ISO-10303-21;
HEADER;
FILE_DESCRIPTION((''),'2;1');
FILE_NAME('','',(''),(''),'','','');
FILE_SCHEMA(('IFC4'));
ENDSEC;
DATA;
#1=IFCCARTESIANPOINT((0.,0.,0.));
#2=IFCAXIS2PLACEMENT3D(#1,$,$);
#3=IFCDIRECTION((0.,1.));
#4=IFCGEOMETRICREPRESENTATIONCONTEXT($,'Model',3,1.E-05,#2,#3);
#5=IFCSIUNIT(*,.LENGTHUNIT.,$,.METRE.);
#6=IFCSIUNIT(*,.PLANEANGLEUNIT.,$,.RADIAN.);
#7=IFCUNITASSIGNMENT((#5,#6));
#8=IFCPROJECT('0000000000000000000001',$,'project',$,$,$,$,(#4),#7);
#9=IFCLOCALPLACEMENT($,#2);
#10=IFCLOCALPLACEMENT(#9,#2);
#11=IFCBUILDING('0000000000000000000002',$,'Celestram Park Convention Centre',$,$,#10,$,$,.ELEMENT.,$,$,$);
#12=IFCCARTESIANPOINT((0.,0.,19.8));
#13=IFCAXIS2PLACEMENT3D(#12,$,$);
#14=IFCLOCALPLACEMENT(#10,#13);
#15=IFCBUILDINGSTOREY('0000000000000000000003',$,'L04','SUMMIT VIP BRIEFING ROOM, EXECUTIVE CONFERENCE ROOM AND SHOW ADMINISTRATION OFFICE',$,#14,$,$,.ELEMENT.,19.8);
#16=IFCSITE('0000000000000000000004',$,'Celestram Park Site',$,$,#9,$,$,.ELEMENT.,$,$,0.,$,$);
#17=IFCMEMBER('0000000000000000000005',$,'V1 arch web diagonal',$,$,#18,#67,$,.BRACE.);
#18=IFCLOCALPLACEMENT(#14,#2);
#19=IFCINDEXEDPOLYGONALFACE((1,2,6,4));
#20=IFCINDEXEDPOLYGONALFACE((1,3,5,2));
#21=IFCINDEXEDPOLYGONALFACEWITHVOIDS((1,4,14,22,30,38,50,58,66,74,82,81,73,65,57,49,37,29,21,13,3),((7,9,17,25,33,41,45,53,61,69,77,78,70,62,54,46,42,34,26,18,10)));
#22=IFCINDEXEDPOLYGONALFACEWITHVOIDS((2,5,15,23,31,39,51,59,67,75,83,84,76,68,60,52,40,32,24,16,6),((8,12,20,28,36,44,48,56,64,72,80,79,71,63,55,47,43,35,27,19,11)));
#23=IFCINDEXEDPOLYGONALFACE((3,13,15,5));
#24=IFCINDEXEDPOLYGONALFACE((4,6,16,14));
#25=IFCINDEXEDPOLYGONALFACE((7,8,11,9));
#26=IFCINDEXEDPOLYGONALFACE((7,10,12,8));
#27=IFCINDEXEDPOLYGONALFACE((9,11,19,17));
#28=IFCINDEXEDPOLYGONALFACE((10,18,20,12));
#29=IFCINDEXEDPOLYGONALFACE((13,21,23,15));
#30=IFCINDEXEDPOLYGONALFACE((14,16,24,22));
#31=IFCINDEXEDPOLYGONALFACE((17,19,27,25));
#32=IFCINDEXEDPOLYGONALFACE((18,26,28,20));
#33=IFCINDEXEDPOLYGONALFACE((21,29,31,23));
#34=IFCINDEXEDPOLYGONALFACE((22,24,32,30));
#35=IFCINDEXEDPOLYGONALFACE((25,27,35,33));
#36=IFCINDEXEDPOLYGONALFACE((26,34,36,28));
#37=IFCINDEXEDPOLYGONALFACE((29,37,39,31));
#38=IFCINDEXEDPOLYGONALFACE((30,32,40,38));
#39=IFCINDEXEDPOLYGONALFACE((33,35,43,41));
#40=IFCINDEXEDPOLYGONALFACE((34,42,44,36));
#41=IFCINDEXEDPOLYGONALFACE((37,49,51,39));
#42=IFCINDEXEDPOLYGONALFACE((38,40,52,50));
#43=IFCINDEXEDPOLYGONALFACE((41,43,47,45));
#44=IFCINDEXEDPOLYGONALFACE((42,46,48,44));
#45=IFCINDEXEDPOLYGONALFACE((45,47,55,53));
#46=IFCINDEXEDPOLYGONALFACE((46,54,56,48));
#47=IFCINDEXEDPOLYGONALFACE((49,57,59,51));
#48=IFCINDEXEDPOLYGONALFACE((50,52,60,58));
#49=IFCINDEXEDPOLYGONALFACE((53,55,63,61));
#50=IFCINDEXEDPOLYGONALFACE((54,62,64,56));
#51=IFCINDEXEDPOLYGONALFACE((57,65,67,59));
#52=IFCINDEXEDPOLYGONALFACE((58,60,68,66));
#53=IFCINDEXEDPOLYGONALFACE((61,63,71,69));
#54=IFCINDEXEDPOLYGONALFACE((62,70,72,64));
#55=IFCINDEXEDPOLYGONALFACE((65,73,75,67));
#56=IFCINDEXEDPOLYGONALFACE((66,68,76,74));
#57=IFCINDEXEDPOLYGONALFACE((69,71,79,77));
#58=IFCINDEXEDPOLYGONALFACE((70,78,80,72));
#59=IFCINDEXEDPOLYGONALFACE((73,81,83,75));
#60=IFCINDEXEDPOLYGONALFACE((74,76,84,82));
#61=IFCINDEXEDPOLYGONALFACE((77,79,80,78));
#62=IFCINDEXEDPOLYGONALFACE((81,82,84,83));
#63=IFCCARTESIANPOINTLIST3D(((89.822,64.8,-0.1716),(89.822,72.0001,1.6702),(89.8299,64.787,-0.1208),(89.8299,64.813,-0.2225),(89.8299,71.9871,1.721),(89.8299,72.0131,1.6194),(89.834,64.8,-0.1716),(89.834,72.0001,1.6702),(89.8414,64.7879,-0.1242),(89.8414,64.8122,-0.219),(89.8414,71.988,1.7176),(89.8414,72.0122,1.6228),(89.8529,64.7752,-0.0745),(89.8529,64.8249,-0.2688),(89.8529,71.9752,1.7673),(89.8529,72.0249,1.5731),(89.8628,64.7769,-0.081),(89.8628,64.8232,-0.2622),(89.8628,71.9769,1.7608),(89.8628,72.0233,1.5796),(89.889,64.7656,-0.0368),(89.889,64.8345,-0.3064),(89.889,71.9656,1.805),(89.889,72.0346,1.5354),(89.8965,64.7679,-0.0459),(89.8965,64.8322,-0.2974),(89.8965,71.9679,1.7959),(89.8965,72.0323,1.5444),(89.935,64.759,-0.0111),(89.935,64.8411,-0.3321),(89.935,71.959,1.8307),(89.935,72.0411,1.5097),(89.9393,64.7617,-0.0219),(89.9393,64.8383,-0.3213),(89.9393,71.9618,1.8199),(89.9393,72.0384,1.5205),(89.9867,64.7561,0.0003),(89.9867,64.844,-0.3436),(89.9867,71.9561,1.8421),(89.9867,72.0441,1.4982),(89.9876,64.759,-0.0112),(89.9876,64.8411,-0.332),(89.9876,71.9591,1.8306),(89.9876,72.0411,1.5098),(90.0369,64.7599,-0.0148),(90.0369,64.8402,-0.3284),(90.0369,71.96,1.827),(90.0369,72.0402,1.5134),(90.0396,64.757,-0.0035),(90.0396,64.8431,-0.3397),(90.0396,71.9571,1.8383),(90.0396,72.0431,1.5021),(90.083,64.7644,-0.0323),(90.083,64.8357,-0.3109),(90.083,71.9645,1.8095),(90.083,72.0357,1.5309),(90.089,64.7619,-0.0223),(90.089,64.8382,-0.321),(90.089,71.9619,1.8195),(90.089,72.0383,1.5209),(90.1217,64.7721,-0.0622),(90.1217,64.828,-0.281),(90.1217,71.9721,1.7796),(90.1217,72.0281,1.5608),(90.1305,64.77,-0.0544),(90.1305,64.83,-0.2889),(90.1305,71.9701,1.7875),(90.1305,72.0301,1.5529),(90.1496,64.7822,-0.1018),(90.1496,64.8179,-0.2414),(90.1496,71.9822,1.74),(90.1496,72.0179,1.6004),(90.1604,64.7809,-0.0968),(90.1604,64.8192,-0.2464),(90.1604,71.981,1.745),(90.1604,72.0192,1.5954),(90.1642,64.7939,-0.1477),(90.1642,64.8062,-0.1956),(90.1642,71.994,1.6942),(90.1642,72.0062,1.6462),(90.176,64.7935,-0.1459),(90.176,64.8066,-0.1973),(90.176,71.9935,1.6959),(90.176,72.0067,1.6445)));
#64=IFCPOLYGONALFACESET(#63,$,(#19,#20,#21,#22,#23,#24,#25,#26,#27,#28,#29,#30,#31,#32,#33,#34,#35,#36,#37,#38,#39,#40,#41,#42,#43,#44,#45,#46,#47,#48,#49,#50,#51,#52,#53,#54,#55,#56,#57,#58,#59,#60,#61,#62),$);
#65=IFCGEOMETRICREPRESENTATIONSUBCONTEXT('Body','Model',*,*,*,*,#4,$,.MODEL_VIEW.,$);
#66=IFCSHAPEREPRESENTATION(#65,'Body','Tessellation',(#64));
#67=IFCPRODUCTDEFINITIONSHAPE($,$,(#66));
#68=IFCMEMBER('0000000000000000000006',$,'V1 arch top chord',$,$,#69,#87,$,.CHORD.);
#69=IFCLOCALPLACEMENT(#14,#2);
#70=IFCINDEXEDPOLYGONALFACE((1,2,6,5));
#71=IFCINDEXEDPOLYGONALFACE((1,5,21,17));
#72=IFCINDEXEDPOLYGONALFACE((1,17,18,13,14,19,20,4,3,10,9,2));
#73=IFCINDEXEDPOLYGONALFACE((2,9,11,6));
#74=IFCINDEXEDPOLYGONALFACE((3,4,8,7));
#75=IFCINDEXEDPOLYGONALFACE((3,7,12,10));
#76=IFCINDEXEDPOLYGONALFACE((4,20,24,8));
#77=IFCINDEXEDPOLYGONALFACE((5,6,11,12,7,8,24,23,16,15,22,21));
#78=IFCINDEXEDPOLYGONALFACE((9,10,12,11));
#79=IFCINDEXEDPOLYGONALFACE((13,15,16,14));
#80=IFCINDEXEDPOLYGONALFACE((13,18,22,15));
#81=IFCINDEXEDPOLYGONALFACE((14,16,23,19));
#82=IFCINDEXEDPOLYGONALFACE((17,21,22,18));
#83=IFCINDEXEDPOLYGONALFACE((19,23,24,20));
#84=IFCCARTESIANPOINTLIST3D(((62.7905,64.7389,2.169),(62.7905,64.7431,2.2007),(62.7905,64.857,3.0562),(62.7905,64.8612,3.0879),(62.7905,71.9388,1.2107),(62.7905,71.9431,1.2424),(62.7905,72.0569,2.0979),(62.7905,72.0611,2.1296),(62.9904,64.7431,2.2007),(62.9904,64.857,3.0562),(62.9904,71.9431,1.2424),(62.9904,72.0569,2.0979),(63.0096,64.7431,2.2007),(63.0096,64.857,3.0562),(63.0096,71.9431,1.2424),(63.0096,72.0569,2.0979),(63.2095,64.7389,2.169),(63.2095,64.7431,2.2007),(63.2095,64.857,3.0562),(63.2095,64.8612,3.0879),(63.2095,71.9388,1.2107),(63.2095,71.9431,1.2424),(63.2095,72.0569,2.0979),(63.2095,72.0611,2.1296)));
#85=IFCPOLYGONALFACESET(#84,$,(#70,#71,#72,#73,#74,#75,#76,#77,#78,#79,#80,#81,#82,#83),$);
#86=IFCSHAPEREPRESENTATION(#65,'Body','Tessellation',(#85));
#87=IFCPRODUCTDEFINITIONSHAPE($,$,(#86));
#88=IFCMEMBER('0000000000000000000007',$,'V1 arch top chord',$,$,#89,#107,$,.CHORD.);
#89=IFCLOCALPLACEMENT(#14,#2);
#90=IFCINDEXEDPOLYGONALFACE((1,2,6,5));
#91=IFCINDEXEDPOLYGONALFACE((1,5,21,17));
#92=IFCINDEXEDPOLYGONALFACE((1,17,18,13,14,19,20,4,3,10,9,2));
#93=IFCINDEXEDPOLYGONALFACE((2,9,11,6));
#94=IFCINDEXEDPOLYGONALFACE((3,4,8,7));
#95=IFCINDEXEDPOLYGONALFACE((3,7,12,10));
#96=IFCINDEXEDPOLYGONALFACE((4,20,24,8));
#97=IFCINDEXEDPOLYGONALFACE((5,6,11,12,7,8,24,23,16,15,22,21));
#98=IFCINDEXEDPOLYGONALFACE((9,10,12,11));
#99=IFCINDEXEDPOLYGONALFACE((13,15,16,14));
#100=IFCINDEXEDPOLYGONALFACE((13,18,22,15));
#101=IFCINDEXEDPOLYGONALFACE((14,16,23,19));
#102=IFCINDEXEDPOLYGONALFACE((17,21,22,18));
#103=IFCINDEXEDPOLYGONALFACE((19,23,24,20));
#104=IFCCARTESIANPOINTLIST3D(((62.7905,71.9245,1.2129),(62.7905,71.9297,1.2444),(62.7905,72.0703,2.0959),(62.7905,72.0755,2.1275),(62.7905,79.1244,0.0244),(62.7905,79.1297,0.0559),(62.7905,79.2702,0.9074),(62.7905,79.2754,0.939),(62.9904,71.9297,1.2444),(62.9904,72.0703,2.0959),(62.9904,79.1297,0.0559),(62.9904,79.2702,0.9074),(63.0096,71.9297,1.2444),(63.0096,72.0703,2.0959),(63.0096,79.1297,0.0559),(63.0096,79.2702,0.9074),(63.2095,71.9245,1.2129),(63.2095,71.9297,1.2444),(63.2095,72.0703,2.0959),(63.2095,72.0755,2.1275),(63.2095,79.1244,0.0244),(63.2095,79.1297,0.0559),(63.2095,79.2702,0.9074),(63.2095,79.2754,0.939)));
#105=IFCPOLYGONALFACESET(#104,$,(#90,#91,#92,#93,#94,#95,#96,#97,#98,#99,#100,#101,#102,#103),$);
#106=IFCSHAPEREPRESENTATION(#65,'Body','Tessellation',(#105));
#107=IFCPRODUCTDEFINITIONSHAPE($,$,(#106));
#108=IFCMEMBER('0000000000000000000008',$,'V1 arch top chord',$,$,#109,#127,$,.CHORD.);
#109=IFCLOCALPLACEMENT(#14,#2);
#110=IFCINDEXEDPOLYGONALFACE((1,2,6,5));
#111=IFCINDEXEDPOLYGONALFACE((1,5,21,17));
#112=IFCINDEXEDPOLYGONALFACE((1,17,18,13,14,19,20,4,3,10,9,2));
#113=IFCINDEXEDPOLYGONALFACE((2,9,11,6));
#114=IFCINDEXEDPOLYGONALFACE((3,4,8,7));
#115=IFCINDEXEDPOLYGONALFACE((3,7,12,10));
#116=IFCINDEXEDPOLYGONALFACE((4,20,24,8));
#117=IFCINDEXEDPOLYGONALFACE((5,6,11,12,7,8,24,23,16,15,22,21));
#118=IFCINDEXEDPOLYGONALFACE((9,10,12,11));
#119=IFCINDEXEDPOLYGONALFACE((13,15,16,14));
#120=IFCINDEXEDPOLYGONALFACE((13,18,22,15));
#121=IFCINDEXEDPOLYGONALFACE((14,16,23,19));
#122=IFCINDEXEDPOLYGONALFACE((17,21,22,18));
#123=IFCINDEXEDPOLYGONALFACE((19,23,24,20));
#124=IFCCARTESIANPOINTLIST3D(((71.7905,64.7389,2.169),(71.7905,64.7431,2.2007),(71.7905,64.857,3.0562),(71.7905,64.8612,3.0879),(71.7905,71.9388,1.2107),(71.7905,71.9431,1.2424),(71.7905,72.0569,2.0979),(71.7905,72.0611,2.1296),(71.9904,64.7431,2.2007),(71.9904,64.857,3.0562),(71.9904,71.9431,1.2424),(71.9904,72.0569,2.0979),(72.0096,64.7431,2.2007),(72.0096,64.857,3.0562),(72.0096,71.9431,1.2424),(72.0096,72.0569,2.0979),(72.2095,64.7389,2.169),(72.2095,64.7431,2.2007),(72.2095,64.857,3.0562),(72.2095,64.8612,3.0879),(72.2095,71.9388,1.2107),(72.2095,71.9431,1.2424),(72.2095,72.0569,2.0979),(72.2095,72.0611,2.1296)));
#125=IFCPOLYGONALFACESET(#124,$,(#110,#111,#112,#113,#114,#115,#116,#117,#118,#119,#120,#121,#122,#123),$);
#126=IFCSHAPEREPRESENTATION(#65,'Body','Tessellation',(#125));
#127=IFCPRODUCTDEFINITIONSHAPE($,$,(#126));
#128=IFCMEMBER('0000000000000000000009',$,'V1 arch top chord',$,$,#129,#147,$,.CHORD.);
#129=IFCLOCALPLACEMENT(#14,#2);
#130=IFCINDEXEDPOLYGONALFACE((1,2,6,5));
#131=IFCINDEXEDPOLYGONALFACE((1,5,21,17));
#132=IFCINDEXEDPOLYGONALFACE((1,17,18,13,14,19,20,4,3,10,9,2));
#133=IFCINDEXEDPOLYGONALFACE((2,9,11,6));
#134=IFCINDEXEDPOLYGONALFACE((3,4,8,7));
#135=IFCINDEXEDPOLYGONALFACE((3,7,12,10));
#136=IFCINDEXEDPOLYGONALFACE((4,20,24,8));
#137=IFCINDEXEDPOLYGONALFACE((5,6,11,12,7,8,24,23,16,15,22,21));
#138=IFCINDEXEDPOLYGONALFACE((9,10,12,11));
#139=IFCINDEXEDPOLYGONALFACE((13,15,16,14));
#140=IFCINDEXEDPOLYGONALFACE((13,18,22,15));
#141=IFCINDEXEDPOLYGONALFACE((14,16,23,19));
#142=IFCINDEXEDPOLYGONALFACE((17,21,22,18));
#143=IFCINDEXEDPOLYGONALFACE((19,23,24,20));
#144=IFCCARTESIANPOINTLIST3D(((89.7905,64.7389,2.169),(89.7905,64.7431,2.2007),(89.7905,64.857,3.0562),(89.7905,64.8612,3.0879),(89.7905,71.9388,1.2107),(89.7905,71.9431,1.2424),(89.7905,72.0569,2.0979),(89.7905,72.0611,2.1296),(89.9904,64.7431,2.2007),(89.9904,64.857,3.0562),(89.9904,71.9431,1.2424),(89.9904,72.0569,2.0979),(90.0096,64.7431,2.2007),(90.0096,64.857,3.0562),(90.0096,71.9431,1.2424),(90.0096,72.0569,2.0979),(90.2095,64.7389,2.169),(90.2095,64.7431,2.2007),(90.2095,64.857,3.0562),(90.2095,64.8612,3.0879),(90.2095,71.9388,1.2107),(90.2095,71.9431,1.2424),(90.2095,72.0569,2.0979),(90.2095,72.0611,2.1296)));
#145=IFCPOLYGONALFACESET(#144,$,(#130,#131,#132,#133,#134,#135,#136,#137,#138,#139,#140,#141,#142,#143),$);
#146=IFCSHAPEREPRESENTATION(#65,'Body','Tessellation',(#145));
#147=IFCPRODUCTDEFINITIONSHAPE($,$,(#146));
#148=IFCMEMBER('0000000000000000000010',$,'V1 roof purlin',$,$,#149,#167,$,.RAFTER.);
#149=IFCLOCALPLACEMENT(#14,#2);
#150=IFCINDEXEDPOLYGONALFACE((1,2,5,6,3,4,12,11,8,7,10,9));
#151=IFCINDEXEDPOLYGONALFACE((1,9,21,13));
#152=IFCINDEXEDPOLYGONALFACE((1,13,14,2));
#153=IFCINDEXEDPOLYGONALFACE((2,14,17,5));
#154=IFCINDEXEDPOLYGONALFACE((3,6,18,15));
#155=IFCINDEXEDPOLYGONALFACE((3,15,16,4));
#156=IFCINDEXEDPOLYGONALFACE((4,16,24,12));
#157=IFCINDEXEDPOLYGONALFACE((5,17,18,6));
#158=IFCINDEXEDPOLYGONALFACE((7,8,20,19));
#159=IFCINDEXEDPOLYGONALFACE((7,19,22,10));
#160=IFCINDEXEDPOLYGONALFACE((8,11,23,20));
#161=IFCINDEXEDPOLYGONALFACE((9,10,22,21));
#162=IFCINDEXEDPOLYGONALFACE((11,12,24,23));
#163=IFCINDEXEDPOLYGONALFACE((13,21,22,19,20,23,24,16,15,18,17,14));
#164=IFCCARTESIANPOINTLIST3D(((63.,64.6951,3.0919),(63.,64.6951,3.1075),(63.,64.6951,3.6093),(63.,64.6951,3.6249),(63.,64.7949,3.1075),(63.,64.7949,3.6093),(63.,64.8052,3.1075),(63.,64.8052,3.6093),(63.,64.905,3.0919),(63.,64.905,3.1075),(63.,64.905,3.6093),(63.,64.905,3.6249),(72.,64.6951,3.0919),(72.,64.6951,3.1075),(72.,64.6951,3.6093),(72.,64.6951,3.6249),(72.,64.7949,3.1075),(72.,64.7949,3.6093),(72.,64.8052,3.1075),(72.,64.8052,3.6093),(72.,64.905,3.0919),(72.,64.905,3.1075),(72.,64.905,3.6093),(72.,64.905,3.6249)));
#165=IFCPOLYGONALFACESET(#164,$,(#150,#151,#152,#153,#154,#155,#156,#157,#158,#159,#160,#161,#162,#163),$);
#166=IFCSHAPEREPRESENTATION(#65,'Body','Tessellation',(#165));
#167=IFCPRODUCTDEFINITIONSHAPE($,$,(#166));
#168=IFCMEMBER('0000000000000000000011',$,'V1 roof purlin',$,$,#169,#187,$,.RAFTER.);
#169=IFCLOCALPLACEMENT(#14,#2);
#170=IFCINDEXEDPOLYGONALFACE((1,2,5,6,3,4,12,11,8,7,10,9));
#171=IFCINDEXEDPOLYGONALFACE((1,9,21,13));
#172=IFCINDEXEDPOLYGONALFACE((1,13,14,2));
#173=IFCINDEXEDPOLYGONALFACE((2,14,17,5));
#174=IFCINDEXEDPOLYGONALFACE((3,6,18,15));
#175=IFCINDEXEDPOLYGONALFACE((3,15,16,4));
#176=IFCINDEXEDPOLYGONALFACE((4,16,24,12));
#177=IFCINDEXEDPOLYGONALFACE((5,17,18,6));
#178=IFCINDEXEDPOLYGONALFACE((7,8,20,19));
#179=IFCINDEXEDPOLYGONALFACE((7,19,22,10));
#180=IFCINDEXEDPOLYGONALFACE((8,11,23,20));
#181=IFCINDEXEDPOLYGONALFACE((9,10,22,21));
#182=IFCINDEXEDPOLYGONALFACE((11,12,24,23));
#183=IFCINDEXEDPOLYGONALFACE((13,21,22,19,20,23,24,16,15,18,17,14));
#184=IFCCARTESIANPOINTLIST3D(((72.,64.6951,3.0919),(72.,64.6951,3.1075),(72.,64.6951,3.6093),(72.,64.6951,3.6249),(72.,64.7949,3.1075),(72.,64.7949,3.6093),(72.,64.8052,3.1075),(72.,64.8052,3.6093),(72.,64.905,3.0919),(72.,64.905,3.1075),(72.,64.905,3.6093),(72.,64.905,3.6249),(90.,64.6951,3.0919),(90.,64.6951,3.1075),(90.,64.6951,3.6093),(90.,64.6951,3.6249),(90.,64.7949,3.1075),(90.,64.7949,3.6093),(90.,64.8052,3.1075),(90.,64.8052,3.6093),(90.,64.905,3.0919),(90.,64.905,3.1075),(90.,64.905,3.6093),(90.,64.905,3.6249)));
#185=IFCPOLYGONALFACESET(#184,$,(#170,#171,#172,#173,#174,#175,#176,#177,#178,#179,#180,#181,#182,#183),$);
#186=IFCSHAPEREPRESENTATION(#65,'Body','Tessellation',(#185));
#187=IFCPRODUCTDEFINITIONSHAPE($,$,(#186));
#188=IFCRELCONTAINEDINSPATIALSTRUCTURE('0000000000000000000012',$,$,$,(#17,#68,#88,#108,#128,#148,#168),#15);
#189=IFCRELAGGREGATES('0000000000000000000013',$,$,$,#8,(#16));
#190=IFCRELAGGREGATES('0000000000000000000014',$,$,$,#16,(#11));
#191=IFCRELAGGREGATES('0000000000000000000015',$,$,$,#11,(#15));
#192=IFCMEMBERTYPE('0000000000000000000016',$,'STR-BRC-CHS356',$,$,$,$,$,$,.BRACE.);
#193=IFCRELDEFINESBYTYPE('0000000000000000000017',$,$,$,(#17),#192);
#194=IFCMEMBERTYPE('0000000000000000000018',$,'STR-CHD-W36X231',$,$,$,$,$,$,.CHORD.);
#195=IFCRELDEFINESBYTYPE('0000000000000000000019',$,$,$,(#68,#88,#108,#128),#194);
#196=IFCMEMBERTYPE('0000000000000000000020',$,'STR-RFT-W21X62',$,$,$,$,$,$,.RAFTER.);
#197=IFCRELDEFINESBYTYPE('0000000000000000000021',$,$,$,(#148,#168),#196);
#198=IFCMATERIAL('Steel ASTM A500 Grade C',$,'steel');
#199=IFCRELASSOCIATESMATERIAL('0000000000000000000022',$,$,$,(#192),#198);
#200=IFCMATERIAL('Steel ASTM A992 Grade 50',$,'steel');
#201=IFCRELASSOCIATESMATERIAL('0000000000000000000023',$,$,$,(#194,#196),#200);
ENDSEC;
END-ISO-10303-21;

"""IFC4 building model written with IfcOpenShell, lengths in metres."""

from ifc_helpers import new_model, si_unit, direction, frame, origin, origin_2d, place, context, subcontext, project, spatial, hollow_circle, i_section, extrude, material, material_profile, profile_set, type_object, element, save


model = new_model("IFC4")

# Units and contexts
model_context = context("Model", 3, precision=1e-05, world=origin(), true_north=direction((0.0, 1.0)))
body_context = subcontext(model_context, "Body", "Model", "MODEL_VIEW")
ifc_project = project(units=[si_unit("LENGTHUNIT", "METRE"), si_unit("PLANEANGLEUNIT", "RADIAN")], contexts=[model_context])

# Site, building, storey
site_placement = place(None, origin())
site = spatial("IfcSite", under=ifc_project, at=site_placement, Name="Celestram Park Site", CompositionType="ELEMENT", RefElevation=0.0)
building_placement = place(site_placement, origin())
building = spatial("IfcBuilding", under=site, at=building_placement, Name="Celestram Park Convention Centre", CompositionType="ELEMENT")
storey_placement = place(building_placement, frame((0.0, 0.0, 19.8)))
storey = spatial("IfcBuildingStorey", under=building, at=storey_placement, Name="L04", Description="SUMMIT VIP BRIEFING ROOM, EXECUTIVE CONFERENCE ROOM AND SHOW ADMINISTRATION OFFICE", CompositionType="ELEMENT", Elevation=19.8)

# Members
ifc_material_1 = material(Name="Steel ASTM A500 Grade C", Category="steel")
ifc_material_profile_1 = material_profile(ifc_material_1, hollow_circle(Radius=0.178, WallThickness=0.012, at=origin_2d()), Name="CHS356X12")
ifc_profile_set_1 = profile_set([ifc_material_profile_1], Name="Steel ASTM A500 Grade C")
member_type_1 = type_object("IfcMemberType", Name="STR-BRC-CHS356", PredefinedType="BRACE", material=ifc_profile_set_1)
for number, where, z_axis, x_axis, name in (
    (1, (90.0, 64.8, -0.1716), (0.0, 0.968804, 0.247827), (-1.0, 0.0, 0.0), "V1 arch web diagonal"),
):
    element("IfcMember", number, at=place(storey_placement, frame(where, z_axis=z_axis, x_axis=x_axis)), inside=storey, type_object=member_type_1, Name=name, PredefinedType="BRACE", context=body_context, shape_type="SweptSolid", body=[
        extrude(hollow_circle(Radius=0.178, WallThickness=0.012, at=origin_2d()), origin(), (0.0, 0.0, 1.0), 7.4319),
    ])
ifc_material_2 = material(Name="Steel ASTM A992 Grade 50", Category="steel")
ifc_material_profile_2 = material_profile(ifc_material_2, i_section(OverallWidth=0.4189, OverallDepth=0.927, WebThickness=0.0193, FlangeThickness=0.032, at=origin_2d()), Name="W36X231")
ifc_profile_set_2 = profile_set([ifc_material_profile_2], Name="Steel ASTM A992 Grade 50")
member_type_2 = type_object("IfcMemberType", Name="STR-CHD-W36X231", PredefinedType="CHORD", material=ifc_profile_set_2)
member_1_placement = place(storey_placement, frame((63.0, 64.8, 2.6284), z_axis=(0.0, 0.991259, -0.131928), x_axis=(-1.0, 0.0, 0.0)))
element("IfcMember", 2, at=member_1_placement, inside=storey, type_object=member_type_2, Name="V1 arch top chord", PredefinedType="CHORD", context=body_context, shape_type="SweptSolid", body=[
    extrude(i_section(OverallWidth=0.4189, OverallDepth=0.927, WebThickness=0.0193, FlangeThickness=0.032, at=origin_2d()), origin(), (0.0, 0.0, 1.0), 7.2634),
])
member_2_placement = place(storey_placement, frame((63.0, 72.0, 1.6702), z_axis=(0.0, 0.986649, -0.162863), x_axis=(-1.0, 0.0, 0.0)))
element("IfcMember", 3, at=member_2_placement, inside=storey, type_object=member_type_2, Name="V1 arch top chord", PredefinedType="CHORD", context=body_context, shape_type="SweptSolid", body=[
    extrude(i_section(OverallWidth=0.4189, OverallDepth=0.927, WebThickness=0.0193, FlangeThickness=0.032, at=origin_2d()), origin(), (0.0, 0.0, 1.0), 7.2974),
])
for number, where, z_axis, x_axis, name in (
    (4, (72.0, 64.8, 2.6284), (0.0, 0.991259, -0.131928), (-1.0, 0.0, 0.0), "V1 arch top chord"),
    (5, (90.0, 64.8, 2.6284), (0.0, 0.991259, -0.131928), (-1.0, 0.0, 0.0), "V1 arch top chord"),
):
    element("IfcMember", number, at=place(storey_placement, frame(where, z_axis=z_axis, x_axis=x_axis)), inside=storey, type_object=member_type_2, Name=name, PredefinedType="CHORD", context=body_context, shape_type="SweptSolid", body=[
        extrude(i_section(OverallWidth=0.4189, OverallDepth=0.927, WebThickness=0.0193, FlangeThickness=0.032, at=origin_2d()), origin(), (0.0, 0.0, 1.0), 7.2634),
    ])
ifc_material_profile_3 = material_profile(ifc_material_2, i_section(OverallWidth=0.21, OverallDepth=0.533, WebThickness=0.0103, FlangeThickness=0.0156, at=origin_2d()), Name="W21X62")
ifc_profile_set_3 = profile_set([ifc_material_profile_3], Name="Steel ASTM A992 Grade 50")
member_type_3 = type_object("IfcMemberType", Name="STR-RFT-W21X62", PredefinedType="RAFTER", material=ifc_profile_set_3)
member_3_placement = place(storey_placement, frame((63.0, 64.8, 3.3584), z_axis=(1.0, 0.0, 0.0), x_axis=(0.0, 1.0, 0.0)))
element("IfcMember", 6, at=member_3_placement, inside=storey, type_object=member_type_3, Name="V1 roof purlin", PredefinedType="RAFTER", context=body_context, shape_type="SweptSolid", body=[
    extrude(i_section(OverallWidth=0.21, OverallDepth=0.533, WebThickness=0.0103, FlangeThickness=0.0156, at=origin_2d()), origin(), (0.0, 0.0, 1.0), 9.0),
])
member_4_placement = place(storey_placement, frame((72.0, 64.8, 3.3584), z_axis=(1.0, 0.0, 0.0), x_axis=(0.0, 1.0, 0.0)))
element("IfcMember", 7, at=member_4_placement, inside=storey, type_object=member_type_3, Name="V1 roof purlin", PredefinedType="RAFTER", context=body_context, shape_type="SweptSolid", body=[
    extrude(i_section(OverallWidth=0.21, OverallDepth=0.533, WebThickness=0.0103, FlangeThickness=0.0156, at=origin_2d()), origin(), (0.0, 0.0, 1.0), 18.0),
])

save(model, "model.ifc")
